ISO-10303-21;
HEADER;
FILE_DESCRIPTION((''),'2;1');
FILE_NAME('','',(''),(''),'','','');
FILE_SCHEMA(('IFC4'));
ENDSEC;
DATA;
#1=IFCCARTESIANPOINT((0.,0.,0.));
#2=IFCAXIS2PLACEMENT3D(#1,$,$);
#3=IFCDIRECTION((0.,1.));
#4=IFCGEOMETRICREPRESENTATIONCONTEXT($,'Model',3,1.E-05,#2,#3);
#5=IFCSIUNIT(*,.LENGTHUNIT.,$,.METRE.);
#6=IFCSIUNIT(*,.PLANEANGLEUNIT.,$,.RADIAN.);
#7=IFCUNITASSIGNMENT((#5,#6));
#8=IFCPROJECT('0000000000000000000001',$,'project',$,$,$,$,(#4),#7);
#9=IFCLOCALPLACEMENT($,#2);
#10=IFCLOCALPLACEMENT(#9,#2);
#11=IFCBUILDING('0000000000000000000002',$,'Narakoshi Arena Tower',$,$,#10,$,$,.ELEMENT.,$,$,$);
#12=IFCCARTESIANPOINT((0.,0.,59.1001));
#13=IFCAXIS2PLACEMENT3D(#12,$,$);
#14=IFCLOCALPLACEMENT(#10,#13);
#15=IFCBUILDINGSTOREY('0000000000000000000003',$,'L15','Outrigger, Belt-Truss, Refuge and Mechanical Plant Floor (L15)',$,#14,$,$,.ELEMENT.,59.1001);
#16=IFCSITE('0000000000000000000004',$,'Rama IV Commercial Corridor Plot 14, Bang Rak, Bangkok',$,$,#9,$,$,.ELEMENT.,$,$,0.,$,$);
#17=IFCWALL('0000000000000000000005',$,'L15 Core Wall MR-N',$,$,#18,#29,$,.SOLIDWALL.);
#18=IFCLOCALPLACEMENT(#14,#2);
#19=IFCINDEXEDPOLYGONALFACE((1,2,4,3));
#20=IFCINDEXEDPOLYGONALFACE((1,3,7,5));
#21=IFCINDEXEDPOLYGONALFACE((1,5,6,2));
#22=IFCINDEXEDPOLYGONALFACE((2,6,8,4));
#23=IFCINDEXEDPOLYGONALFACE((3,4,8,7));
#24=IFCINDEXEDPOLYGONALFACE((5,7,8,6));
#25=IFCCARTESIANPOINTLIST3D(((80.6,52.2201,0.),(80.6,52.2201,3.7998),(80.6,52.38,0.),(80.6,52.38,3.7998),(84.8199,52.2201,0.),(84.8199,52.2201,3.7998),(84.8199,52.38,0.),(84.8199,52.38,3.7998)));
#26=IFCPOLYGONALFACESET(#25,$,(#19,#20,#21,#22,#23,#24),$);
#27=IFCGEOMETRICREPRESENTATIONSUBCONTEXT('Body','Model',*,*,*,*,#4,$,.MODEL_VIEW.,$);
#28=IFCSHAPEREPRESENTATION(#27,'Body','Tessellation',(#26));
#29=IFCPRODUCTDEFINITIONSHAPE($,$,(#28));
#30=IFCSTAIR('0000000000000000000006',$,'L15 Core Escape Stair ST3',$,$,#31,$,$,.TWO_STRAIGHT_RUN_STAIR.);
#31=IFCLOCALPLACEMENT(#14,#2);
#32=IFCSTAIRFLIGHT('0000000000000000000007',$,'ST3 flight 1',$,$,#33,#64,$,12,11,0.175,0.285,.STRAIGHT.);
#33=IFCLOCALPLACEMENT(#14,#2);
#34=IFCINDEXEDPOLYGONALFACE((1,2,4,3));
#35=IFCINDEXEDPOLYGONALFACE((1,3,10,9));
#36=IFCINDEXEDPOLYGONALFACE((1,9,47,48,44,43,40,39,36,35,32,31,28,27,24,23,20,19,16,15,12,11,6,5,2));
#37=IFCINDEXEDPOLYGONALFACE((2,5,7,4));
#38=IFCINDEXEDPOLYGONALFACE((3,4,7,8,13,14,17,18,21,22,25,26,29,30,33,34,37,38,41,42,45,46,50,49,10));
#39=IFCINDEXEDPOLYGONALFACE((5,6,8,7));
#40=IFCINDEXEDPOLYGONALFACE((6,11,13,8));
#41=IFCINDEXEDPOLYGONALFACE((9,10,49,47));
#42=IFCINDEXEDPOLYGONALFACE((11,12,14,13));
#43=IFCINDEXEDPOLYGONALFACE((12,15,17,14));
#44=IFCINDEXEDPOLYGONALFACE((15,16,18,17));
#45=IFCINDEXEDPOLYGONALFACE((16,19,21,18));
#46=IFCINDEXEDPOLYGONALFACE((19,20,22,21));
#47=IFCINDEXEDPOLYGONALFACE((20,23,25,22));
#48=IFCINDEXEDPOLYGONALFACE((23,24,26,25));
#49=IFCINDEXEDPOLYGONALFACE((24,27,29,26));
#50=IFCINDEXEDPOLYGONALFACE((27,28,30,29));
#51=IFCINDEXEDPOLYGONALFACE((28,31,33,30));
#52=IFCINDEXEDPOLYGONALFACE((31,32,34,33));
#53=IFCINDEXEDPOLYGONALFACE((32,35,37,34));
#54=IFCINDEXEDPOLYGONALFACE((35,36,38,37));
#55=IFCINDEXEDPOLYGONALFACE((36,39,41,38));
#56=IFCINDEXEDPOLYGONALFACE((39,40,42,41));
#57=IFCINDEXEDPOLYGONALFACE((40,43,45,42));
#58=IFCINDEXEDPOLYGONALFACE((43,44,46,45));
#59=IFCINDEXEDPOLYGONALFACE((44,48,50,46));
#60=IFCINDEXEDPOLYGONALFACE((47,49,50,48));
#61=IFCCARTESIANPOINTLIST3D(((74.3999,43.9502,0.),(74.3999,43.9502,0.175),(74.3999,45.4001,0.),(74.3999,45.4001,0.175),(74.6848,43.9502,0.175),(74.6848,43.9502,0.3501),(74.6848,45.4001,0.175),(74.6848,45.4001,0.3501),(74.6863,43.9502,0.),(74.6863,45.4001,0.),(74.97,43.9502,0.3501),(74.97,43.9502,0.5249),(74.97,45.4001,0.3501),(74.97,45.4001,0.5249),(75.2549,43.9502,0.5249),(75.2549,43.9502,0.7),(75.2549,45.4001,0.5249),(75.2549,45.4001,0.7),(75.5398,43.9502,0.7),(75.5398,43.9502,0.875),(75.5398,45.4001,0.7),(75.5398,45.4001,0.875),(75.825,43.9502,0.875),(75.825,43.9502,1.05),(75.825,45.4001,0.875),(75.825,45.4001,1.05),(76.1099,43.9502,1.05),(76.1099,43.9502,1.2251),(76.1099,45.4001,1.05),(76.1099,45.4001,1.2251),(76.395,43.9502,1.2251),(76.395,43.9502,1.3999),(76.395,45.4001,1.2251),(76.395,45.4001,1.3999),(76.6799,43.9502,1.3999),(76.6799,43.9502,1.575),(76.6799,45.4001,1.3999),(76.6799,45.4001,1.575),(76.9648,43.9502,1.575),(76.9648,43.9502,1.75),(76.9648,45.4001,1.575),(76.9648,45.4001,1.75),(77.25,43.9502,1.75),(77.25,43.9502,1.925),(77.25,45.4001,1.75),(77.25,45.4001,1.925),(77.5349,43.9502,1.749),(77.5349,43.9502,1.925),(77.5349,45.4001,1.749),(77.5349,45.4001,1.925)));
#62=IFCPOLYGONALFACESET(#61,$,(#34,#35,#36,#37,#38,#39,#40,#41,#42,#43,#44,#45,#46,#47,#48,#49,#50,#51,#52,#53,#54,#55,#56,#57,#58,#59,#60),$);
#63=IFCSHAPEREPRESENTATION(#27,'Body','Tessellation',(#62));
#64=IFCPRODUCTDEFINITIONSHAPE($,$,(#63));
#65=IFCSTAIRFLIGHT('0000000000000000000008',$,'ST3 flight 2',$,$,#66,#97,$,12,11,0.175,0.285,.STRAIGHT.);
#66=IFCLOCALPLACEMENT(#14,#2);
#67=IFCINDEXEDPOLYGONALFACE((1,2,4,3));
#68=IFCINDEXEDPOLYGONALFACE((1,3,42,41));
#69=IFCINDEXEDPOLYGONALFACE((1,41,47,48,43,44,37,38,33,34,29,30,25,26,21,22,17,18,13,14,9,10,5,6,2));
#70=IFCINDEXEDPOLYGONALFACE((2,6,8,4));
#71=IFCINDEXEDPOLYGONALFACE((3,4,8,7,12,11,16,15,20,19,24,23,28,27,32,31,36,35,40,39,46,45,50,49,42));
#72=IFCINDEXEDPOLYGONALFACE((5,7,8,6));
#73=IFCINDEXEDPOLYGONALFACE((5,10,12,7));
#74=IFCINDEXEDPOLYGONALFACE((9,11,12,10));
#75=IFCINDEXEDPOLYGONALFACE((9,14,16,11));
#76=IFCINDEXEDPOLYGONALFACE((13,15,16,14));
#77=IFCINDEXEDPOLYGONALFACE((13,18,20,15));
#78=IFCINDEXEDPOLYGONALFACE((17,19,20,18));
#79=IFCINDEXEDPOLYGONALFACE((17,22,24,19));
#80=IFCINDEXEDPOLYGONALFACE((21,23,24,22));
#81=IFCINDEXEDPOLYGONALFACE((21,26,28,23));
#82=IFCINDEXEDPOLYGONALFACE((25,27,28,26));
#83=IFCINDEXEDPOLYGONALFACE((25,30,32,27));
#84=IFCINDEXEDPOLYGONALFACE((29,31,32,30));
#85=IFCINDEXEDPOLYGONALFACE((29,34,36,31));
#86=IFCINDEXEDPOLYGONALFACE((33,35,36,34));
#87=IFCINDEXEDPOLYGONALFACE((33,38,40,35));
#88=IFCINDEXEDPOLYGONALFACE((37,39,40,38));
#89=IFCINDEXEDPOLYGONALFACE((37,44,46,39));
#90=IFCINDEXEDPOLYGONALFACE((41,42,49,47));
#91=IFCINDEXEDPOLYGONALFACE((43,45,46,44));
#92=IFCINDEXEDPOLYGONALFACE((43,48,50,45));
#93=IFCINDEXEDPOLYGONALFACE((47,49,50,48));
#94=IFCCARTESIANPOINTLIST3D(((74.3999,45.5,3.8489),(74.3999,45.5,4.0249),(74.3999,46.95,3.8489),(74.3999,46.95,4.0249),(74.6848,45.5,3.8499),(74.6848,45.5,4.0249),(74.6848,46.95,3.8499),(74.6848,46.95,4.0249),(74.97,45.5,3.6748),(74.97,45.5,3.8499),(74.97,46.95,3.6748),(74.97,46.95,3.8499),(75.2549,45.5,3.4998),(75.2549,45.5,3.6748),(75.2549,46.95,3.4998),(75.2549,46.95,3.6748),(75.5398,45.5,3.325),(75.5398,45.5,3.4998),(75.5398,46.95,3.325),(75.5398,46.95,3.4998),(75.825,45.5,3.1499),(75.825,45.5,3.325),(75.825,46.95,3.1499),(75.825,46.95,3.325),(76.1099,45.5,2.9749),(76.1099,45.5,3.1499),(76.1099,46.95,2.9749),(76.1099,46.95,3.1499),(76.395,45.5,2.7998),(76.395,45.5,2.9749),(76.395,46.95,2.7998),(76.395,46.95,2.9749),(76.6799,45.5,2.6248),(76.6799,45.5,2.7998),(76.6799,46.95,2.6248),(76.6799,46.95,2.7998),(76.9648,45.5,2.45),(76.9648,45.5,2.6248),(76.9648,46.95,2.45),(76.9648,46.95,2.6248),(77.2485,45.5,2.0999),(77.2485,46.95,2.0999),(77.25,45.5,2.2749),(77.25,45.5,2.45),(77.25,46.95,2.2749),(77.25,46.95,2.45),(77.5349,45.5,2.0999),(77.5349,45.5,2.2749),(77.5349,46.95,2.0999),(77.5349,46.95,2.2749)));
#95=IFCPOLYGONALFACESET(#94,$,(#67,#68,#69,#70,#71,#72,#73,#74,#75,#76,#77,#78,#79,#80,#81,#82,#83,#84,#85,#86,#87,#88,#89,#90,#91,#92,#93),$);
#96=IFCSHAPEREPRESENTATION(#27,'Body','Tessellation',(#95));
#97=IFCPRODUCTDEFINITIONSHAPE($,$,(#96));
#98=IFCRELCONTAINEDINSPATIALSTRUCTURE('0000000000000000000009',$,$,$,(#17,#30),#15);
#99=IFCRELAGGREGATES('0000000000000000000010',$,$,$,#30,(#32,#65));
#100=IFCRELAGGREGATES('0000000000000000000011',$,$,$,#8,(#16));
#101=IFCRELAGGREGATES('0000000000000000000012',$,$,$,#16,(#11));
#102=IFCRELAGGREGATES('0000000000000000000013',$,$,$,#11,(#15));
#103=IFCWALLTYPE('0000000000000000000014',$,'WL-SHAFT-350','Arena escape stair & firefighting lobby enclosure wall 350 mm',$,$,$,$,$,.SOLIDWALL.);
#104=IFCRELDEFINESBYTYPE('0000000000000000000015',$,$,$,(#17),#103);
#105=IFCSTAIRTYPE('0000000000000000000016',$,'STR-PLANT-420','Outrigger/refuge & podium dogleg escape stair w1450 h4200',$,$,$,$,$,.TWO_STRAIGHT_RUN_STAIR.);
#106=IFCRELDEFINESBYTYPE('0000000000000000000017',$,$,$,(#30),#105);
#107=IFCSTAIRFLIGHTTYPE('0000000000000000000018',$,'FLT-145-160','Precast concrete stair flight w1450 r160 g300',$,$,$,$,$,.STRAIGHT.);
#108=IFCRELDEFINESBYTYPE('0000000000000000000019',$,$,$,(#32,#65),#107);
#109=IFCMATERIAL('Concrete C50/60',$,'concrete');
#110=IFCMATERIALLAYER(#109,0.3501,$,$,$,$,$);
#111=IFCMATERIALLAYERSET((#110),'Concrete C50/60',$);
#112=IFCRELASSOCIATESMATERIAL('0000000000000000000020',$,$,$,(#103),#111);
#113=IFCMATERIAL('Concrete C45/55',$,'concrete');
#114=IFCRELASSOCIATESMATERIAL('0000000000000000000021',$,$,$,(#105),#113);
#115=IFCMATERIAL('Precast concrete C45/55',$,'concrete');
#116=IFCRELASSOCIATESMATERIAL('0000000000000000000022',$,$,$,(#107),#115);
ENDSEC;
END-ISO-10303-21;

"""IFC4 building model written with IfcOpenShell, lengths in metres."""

from ifc_helpers import new_model, si_unit, direction, frame, frame_2d, origin, place, context, subcontext, project, spatial, polyline, rectangle, outline, extrude, material, layer, layer_set, type_object, element, aggregate, save


model = new_model("IFC4")

# Units and contexts
model_context = context("Model", 3, precision=1e-05, world=origin(), true_north=direction((0.0, 1.0)))
body_context = subcontext(model_context, "Body", "Model", "MODEL_VIEW")
ifc_project = project(units=[si_unit("LENGTHUNIT", "METRE"), si_unit("PLANEANGLEUNIT", "RADIAN")], contexts=[model_context])

# Site, building, storey
site_placement = place(None, origin())
site = spatial("IfcSite", under=ifc_project, at=site_placement, Name="Rama IV Commercial Corridor Plot 14, Bang Rak, Bangkok", CompositionType="ELEMENT", RefElevation=0.0)
building_placement = place(site_placement, origin())
building = spatial("IfcBuilding", under=site, at=building_placement, Name="Narakoshi Arena Tower", CompositionType="ELEMENT")
storey_placement = place(building_placement, frame((0.0, 0.0, 59.1001)))
storey = spatial("IfcBuildingStorey", under=building, at=storey_placement, Name="L15", Description="Outrigger, Belt-Truss, Refuge and Mechanical Plant Floor (L15)", CompositionType="ELEMENT", Elevation=59.1001)

# Shared definitions
ifc_material_1 = material(Name="Concrete C50/60", Category="concrete")
ifc_layer_1 = layer(ifc_material_1, 0.3501)
ifc_layer_set_1 = layer_set([ifc_layer_1], Name="Concrete C50/60")
wall_type_1 = type_object("IfcWallType", Name="WL-SHAFT-350", Description="Arena escape stair & firefighting lobby enclosure wall 350 mm", PredefinedType="SOLIDWALL", material=ifc_layer_set_1)

# Wall
wall_1_placement = place(storey_placement, frame((80.6001, 52.3, 0.0), z_axis=(0.0, 0.0, 1.0), x_axis=(1.0, 0.0, 0.0)))
element("IfcWall", 1, at=wall_1_placement, inside=storey, type_object=wall_type_1, Name="L15 Core Wall MR-N", PredefinedType="SOLIDWALL", context=body_context, shape_type="SweptSolid", body=[
    extrude(rectangle(XDim=4.22, YDim=0.1599, at=frame_2d((2.1099, 0.0))), origin(), (0.0, 0.0, 1.0), 3.7998),
])

# Stair, stair flights
ifc_material_2 = material(Name="Concrete C45/55", Category="concrete")
stair_type = type_object("IfcStairType", Name="STR-PLANT-420", Description="Outrigger/refuge & podium dogleg escape stair w1450 h4200", PredefinedType="TWO_STRAIGHT_RUN_STAIR", material=ifc_material_2)
stair_placement = place(storey_placement, origin())
stair = element("IfcStair", 2, at=stair_placement, inside=storey, type_object=stair_type, Name="L15 Core Escape Stair ST3", PredefinedType="TWO_STRAIGHT_RUN_STAIR")
ifc_material_3 = material(Name="Precast concrete C45/55", Category="concrete")
stair_flight_type = type_object("IfcStairFlightType", Name="FLT-145-160", Description="Precast concrete stair flight w1450 r160 g300", PredefinedType="STRAIGHT", material=ifc_material_3)
stair_flight_1_placement = place(storey_placement, frame((74.3999, 44.675, 0.0), z_axis=(0.0, 0.0, 1.0), x_axis=(1.0, 0.0, 0.0)))
stair_flight_1 = element("IfcStairFlight", 3, at=stair_flight_1_placement, type_object=stair_flight_type, Name="ST3 flight 1", NumberOfRisers=12, NumberOfTreads=11, PredefinedType="STRAIGHT", RiserHeight=0.175, TreadLength=0.285, context=body_context, shape_type="SweptSolid", body=[
    extrude(outline(polyline([(0.0, 0.0), (0.0, 0.175), (0.2849, 0.175), (0.2849, 0.3501), (0.5701, 0.3501), (0.5701, 0.5249), (0.855, 0.5249), (0.855, 0.7), (1.1399, 0.7), (1.1399, 0.875), (1.425, 0.875), (1.425, 1.05), (1.71, 1.05), (1.71, 1.2251), (1.9951, 1.2251), (1.9951, 1.3999), (2.28, 1.3999), (2.28, 1.575), (2.5649, 1.575), (2.5649, 1.75), (2.8501, 1.75), (2.8501, 1.925), (3.135, 1.925), (3.135, 2.1001), (3.135, 1.749), (0.2864, 0.0), (0.0, 0.0)])), frame((0.0, 0.7251, 0.0), z_axis=(0.0, -1.0, 0.0), x_axis=(1.0, 0.0, 0.0)), (0.0, 0.0, 1.0), 1.45),
])
stair_flight_2_placement = place(storey_placement, frame((77.5349, 46.2251, 2.0999), z_axis=(0.0, 0.0, 1.0), x_axis=(-1.0, 0.0, 0.0)))
stair_flight_2 = element("IfcStairFlight", 4, at=stair_flight_2_placement, type_object=stair_flight_type, Name="ST3 flight 2", NumberOfRisers=12, NumberOfTreads=11, PredefinedType="STRAIGHT", RiserHeight=0.175, TreadLength=0.285, context=body_context, shape_type="SweptSolid", body=[
    extrude(outline(polyline([(0.0, 0.0), (0.0, 0.175), (0.2849, 0.175), (0.2849, 0.3501), (0.5701, 0.3501), (0.5701, 0.5249), (0.855, 0.5249), (0.855, 0.7), (1.1399, 0.7), (1.1399, 0.875), (1.425, 0.875), (1.425, 1.05), (1.71, 1.05), (1.71, 1.2251), (1.9951, 1.2251), (1.9951, 1.3999), (2.28, 1.3999), (2.28, 1.575), (2.5649, 1.575), (2.5649, 1.75), (2.8501, 1.75), (2.8501, 1.925), (3.135, 1.925), (3.135, 2.1001), (3.135, 1.749), (0.2864, 0.0), (0.0, 0.0)])), frame((0.0, 0.7251, 0.0), z_axis=(0.0, -1.0, 0.0), x_axis=(1.0, 0.0, 0.0)), (0.0, 0.0, 1.0), 1.45),
])
aggregate(stair, [stair_flight_1, stair_flight_2])

save(model, "model.ifc")
